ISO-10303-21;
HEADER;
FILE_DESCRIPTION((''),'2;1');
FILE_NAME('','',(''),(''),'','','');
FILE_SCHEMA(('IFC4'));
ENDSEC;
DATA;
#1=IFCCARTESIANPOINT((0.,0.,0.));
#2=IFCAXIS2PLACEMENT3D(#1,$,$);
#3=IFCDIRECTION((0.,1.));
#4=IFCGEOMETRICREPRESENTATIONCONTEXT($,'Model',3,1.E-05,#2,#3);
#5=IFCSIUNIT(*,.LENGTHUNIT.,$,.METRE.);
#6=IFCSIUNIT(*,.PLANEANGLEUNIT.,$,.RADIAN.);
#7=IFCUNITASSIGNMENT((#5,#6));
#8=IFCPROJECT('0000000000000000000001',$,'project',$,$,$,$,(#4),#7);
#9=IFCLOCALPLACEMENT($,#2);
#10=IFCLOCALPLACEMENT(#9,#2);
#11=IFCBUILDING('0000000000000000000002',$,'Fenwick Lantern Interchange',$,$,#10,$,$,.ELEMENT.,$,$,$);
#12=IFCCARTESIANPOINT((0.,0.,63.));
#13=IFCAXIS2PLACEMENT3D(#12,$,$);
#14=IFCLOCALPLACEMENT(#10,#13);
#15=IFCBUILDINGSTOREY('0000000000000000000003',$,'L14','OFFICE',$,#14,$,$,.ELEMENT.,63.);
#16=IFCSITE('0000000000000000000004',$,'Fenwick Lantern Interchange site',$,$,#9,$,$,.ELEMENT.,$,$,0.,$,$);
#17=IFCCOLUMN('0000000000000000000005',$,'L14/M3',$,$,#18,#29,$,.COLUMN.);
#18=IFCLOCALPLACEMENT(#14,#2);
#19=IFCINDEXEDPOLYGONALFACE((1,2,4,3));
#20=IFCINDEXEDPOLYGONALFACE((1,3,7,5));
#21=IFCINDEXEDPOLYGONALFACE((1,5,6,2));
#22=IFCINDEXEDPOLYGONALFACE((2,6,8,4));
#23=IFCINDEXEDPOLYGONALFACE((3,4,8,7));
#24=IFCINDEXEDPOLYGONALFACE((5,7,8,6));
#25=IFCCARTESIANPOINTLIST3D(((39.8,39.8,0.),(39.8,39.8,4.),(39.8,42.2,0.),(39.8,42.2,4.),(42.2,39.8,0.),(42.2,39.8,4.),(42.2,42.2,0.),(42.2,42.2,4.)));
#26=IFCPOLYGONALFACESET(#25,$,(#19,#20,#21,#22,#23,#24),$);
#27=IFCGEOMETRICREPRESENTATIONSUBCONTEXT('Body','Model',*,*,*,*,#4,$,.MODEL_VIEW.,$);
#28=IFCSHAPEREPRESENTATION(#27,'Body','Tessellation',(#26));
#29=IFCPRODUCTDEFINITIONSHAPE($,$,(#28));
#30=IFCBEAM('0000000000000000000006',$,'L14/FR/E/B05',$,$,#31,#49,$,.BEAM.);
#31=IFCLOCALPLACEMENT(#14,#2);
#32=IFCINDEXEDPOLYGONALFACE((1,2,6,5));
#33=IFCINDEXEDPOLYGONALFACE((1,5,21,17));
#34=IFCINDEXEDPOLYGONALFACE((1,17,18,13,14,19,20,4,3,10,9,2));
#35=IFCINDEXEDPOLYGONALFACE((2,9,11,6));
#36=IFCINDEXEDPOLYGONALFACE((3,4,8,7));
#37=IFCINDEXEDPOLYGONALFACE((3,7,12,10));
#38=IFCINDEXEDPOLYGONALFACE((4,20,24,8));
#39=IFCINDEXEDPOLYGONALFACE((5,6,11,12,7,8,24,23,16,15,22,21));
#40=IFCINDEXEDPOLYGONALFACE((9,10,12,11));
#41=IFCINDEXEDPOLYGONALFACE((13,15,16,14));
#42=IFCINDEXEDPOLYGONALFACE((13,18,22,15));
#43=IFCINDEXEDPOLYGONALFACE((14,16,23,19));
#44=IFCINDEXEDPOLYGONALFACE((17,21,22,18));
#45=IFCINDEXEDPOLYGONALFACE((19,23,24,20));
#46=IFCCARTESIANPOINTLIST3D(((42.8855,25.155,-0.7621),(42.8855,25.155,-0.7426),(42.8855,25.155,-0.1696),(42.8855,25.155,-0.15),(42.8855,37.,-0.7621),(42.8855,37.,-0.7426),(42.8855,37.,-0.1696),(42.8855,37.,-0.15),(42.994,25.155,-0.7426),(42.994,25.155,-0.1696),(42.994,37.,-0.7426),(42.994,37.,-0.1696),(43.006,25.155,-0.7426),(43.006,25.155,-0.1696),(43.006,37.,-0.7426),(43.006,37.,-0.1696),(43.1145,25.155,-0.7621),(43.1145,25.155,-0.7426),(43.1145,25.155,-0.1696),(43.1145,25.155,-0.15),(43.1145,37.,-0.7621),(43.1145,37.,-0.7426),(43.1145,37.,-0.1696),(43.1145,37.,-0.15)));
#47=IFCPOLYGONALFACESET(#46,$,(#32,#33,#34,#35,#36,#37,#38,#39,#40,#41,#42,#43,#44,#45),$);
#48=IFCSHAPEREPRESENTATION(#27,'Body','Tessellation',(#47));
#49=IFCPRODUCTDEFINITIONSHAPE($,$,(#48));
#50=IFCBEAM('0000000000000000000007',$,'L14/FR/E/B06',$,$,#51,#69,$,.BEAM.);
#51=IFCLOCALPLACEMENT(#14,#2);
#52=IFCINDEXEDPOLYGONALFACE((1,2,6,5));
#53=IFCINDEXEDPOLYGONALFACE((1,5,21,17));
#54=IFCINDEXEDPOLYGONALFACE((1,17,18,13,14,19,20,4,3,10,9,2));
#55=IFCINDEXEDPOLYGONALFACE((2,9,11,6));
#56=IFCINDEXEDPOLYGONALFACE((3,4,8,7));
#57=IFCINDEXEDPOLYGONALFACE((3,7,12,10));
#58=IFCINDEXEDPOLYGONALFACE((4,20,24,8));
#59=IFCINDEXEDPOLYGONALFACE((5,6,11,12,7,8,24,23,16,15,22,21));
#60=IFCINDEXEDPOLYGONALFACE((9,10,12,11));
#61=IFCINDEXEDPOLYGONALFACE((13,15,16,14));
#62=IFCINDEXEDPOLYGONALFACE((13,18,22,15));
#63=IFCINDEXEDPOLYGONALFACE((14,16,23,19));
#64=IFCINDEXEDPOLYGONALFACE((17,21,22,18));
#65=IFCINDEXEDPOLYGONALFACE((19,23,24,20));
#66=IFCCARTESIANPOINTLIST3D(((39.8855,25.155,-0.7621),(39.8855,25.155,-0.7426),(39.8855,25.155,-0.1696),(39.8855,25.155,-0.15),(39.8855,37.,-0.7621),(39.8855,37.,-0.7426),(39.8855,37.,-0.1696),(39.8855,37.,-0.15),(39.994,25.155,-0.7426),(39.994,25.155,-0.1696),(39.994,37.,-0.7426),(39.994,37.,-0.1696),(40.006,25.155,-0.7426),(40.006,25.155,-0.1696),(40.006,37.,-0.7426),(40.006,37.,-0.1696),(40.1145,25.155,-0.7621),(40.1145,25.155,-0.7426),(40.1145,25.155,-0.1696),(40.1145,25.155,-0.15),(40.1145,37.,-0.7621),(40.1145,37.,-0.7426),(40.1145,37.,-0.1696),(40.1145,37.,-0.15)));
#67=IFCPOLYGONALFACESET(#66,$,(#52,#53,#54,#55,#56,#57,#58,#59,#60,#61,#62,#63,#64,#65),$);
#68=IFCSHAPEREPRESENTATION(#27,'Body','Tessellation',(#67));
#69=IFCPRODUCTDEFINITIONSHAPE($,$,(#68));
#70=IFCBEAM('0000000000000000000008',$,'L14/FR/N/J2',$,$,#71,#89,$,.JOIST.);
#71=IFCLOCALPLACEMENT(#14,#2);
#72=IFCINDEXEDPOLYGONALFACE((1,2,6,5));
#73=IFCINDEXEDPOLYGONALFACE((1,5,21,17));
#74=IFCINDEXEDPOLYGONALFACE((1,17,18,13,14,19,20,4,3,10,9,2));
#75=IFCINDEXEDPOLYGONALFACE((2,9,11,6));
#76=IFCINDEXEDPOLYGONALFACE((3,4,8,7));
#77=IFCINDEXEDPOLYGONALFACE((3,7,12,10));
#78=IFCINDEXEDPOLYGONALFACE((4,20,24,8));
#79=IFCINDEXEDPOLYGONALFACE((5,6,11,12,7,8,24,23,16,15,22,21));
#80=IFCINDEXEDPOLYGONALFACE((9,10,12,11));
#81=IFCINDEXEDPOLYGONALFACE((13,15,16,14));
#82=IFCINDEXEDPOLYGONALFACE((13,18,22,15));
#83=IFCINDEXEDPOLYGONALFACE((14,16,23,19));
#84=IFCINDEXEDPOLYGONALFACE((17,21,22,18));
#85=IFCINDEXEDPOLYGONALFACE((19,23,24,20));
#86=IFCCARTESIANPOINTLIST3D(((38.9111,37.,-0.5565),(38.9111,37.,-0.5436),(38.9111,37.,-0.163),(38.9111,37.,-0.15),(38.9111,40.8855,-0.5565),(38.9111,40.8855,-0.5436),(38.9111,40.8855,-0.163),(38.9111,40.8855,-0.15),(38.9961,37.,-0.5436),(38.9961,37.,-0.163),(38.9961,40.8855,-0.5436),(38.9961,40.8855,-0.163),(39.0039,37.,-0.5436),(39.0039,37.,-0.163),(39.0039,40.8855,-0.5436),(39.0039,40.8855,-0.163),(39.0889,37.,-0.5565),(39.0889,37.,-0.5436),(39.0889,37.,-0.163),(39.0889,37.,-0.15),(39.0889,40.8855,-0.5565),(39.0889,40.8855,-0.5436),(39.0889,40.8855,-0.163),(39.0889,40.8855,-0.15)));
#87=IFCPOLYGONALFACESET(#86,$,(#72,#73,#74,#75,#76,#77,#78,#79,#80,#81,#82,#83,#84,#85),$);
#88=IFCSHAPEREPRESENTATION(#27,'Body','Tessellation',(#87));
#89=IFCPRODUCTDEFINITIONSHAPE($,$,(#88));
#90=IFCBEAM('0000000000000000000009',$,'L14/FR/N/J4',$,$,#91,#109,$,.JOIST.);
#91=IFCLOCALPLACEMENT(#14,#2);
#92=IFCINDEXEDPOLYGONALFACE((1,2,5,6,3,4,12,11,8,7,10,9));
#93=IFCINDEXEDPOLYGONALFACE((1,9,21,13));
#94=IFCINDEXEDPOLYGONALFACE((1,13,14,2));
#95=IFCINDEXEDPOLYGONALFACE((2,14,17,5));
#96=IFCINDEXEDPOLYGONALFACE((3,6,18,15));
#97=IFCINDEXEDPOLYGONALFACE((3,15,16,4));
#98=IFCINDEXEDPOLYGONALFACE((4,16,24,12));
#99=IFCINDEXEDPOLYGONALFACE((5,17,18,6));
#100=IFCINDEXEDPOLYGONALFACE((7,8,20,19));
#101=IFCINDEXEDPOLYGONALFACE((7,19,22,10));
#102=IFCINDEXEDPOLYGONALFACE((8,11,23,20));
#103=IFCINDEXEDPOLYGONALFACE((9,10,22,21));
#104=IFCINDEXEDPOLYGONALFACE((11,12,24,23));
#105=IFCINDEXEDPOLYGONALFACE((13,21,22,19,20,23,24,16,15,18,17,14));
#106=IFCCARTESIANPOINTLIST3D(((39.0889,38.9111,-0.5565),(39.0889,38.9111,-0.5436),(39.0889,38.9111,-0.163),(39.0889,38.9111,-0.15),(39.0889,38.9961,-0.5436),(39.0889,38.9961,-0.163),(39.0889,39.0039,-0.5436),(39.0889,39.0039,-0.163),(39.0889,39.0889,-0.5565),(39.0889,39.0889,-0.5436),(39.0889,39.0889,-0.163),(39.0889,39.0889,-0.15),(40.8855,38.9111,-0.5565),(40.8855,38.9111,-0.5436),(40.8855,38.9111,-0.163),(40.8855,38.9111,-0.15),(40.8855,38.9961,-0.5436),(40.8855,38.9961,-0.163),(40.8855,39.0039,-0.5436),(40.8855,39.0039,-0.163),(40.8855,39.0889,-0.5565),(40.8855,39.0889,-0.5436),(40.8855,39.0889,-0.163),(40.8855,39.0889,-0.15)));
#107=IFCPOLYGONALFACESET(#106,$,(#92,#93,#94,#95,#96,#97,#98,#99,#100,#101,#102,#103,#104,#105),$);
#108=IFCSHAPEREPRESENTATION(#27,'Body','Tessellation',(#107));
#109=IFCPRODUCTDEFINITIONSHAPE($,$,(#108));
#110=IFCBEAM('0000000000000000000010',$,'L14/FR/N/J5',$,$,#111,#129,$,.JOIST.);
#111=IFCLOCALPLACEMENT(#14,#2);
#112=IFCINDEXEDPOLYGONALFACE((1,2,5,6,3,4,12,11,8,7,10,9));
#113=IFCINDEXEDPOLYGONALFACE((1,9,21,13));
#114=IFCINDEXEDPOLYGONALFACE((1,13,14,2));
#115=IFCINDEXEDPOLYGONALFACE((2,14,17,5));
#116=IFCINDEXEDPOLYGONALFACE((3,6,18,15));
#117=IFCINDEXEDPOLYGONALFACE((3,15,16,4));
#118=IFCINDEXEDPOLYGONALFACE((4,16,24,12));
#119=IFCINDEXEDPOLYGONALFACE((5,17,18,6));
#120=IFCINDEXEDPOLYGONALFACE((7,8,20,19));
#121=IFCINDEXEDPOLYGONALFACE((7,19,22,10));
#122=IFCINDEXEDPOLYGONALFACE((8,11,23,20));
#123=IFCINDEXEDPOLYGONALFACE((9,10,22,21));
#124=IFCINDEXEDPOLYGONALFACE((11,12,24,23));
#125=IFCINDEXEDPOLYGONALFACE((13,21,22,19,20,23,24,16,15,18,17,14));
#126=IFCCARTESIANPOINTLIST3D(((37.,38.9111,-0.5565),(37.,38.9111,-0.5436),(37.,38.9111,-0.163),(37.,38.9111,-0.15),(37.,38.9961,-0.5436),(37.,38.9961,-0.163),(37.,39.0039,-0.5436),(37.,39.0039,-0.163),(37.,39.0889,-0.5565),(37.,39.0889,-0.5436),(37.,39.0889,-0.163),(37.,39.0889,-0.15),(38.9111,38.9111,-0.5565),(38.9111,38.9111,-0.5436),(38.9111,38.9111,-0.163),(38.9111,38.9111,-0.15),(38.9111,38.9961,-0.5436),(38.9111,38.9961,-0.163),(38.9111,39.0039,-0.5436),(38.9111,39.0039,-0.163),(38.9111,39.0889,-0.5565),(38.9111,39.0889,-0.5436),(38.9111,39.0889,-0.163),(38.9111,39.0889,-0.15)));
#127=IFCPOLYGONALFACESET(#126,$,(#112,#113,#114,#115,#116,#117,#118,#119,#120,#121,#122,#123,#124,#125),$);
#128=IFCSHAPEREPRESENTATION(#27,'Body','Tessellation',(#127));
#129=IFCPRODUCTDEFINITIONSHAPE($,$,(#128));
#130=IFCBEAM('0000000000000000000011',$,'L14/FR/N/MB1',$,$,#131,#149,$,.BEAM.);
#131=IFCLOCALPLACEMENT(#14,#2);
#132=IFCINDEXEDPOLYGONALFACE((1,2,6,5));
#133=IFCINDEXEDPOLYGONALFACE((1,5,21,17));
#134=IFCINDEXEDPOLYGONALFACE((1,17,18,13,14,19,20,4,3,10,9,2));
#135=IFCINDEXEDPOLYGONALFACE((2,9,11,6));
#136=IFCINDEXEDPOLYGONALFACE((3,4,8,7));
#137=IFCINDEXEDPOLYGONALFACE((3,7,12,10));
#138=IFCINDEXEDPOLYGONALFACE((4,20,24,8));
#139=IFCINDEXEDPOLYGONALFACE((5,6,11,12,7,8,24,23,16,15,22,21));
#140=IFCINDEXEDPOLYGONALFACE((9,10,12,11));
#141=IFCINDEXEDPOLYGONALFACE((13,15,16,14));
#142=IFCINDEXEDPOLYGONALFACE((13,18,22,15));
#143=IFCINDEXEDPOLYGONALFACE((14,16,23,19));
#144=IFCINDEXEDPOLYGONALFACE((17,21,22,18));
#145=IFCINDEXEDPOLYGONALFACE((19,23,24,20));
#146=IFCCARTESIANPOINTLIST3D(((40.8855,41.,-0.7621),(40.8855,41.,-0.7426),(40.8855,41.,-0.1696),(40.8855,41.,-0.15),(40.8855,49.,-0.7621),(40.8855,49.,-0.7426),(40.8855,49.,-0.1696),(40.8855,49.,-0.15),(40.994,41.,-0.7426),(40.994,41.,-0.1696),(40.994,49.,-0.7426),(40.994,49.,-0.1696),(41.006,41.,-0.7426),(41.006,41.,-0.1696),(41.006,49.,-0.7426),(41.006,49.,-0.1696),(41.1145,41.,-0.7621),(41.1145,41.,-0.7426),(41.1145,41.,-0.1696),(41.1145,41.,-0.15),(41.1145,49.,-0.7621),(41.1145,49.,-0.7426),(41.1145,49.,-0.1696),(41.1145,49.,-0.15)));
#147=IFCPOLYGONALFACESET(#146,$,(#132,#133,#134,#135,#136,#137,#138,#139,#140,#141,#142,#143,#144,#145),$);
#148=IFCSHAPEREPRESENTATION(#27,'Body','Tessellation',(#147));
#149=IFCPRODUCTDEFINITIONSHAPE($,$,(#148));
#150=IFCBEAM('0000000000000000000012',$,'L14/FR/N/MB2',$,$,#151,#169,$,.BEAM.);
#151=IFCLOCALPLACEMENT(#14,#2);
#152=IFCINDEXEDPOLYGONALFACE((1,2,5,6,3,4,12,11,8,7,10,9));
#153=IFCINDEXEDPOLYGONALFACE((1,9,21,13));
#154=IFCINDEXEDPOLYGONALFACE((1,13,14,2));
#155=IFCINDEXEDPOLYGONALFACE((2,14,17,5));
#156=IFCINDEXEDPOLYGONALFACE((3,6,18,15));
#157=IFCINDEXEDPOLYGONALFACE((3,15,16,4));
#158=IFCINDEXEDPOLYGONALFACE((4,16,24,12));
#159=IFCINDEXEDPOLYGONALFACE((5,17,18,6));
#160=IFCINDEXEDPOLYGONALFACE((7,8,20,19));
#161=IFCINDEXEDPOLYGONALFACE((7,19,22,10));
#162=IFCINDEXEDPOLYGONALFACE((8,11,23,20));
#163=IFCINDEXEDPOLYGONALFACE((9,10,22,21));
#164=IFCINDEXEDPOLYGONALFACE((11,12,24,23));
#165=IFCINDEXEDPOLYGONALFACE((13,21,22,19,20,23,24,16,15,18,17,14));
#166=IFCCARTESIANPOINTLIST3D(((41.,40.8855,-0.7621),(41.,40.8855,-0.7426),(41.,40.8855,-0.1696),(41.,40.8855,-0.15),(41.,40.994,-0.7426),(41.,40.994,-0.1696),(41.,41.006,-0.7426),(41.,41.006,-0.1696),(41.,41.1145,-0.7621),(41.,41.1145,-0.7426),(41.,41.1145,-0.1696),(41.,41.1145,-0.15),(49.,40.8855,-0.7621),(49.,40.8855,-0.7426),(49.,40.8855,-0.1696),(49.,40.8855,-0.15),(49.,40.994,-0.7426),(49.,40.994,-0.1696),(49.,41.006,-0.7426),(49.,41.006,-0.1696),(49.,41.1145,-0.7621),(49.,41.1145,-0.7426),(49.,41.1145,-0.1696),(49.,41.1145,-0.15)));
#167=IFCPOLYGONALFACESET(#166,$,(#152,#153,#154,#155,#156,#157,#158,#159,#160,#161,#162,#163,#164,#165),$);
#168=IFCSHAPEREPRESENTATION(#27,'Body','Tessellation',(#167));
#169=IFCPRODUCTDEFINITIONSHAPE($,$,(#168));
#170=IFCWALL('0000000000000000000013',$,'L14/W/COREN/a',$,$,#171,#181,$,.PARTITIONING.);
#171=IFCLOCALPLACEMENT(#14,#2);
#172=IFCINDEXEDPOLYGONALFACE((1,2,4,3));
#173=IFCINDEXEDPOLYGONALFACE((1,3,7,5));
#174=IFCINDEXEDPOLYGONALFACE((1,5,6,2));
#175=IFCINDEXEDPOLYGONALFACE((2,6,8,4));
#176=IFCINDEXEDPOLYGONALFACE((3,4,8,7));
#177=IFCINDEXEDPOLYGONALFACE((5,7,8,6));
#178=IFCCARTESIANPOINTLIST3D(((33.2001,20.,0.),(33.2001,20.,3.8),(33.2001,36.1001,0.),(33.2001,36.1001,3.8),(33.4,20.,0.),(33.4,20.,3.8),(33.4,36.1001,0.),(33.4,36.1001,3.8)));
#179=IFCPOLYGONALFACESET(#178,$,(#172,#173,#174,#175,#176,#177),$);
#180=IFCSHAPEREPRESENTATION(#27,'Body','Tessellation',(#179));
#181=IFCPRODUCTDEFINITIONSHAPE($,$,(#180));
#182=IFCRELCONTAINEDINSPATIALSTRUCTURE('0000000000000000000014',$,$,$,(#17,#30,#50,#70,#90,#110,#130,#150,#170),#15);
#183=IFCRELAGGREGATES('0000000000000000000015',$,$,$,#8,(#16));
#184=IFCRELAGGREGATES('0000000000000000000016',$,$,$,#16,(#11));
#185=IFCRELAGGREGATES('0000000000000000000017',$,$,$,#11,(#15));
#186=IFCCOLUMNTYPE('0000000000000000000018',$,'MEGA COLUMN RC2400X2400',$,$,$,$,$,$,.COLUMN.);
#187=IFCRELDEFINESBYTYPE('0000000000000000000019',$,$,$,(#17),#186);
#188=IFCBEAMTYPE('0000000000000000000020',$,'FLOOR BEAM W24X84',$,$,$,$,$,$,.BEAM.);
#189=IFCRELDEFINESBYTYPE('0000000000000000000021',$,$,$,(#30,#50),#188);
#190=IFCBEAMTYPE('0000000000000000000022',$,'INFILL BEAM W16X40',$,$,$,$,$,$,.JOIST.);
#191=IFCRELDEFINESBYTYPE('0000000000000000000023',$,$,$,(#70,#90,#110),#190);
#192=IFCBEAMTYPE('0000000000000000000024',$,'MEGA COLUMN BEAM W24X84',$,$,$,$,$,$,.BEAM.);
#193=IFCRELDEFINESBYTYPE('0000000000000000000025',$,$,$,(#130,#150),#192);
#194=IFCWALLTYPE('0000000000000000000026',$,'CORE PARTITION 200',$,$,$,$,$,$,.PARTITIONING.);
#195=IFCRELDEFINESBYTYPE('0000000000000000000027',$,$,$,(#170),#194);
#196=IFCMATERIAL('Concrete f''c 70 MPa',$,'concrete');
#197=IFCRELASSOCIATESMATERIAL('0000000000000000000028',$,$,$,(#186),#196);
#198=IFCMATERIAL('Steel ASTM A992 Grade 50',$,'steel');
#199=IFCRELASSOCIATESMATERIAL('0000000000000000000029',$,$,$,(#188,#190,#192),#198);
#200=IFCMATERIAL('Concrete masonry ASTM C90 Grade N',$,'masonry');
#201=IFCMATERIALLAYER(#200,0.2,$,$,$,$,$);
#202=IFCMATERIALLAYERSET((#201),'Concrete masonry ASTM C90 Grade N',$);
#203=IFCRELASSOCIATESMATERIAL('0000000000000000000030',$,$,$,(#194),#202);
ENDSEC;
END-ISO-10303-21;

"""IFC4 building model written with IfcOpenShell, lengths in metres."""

from ifc_helpers import new_model, si_unit, direction, frame, frame_2d, origin, origin_2d, place, context, subcontext, project, spatial, rectangle, i_section, extrude, material, layer, layer_set, material_profile, profile_set, type_object, element, save


model = new_model("IFC4")

# Units and contexts
model_context = context("Model", 3, precision=1e-05, world=origin(), true_north=direction((0.0, 1.0)))
body_context = subcontext(model_context, "Body", "Model", "MODEL_VIEW")
ifc_project = project(units=[si_unit("LENGTHUNIT", "METRE"), si_unit("PLANEANGLEUNIT", "RADIAN")], contexts=[model_context])

# Site, building, storey
site_placement = place(None, origin())
site = spatial("IfcSite", under=ifc_project, at=site_placement, Name="Fenwick Lantern Interchange site", CompositionType="ELEMENT", RefElevation=0.0)
building_placement = place(site_placement, origin())
building = spatial("IfcBuilding", under=site, at=building_placement, Name="Fenwick Lantern Interchange", CompositionType="ELEMENT")
storey_placement = place(building_placement, frame((0.0, 0.0, 63.0)))
storey = spatial("IfcBuildingStorey", under=building, at=storey_placement, Name="L14", Description="OFFICE", CompositionType="ELEMENT", Elevation=63.0)

# Column
ifc_material_1 = material(Name="Concrete f'c 70 MPa", Category="concrete")
ifc_material_profile_1 = material_profile(ifc_material_1, rectangle(XDim=2.3999, YDim=2.3999, at=origin_2d()), Name="RC2400X2400")
ifc_profile_set_1 = profile_set([ifc_material_profile_1], Name="Concrete f'c 70 MPa")
column_type = type_object("IfcColumnType", Name="MEGA COLUMN RC2400X2400", PredefinedType="COLUMN", material=ifc_profile_set_1)
column_placement = place(storey_placement, frame((41.0, 41.0, 0.0), z_axis=(0.0, 0.0, 1.0), x_axis=(1.0, 0.0, 0.0)))
element("IfcColumn", 1, at=column_placement, inside=storey, type_object=column_type, Name="L14/M3", PredefinedType="COLUMN", context=body_context, shape_type="SweptSolid", body=[
    extrude(rectangle(XDim=2.3999, YDim=2.3999, at=origin_2d()), origin(), (0.0, 0.0, 1.0), 4.0),
])

# Beams
ifc_material_2 = material(Name="Steel ASTM A992 Grade 50", Category="steel")
ifc_material_profile_2 = material_profile(ifc_material_2, i_section(OverallWidth=0.229, OverallDepth=0.6121, WebThickness=0.012, FlangeThickness=0.0195, at=origin_2d()), Name="W24X84")
ifc_profile_set_2 = profile_set([ifc_material_profile_2], Name="Steel ASTM A992 Grade 50")
beam_type_1 = type_object("IfcBeamType", Name="FLOOR BEAM W24X84", PredefinedType="BEAM", material=ifc_profile_set_2)
for number, where, z_axis, x_axis, name in (
    (2, (43.0, 25.155, -0.4561), (0.0, 1.0, 0.0), (-1.0, 0.0, 0.0), "L14/FR/E/B05"),
    (3, (40.0, 25.155, -0.4561), (0.0, 1.0, 0.0), (-1.0, 0.0, 0.0), "L14/FR/E/B06"),
):
    element("IfcBeam", number, at=place(storey_placement, frame(where, z_axis=z_axis, x_axis=x_axis)), inside=storey, type_object=beam_type_1, Name=name, PredefinedType="BEAM", context=body_context, shape_type="SweptSolid", body=[
        extrude(i_section(OverallWidth=0.229, OverallDepth=0.6121, WebThickness=0.012, FlangeThickness=0.0195, at=origin_2d()), origin(), (0.0, 0.0, 1.0), 11.845),
    ])
ifc_material_profile_3 = material_profile(ifc_material_2, i_section(OverallWidth=0.1777, OverallDepth=0.4065, WebThickness=0.0078, FlangeThickness=0.0129, at=origin_2d()), Name="W16X40")
ifc_profile_set_3 = profile_set([ifc_material_profile_3], Name="Steel ASTM A992 Grade 50")
beam_type_2 = type_object("IfcBeamType", Name="INFILL BEAM W16X40", PredefinedType="JOIST", material=ifc_profile_set_3)
beam_1_placement = place(storey_placement, frame((39.0, 40.8855, -0.3533), z_axis=(0.0, -1.0, 0.0), x_axis=(1.0, 0.0, 0.0)))
element("IfcBeam", 4, at=beam_1_placement, inside=storey, type_object=beam_type_2, Name="L14/FR/N/J2", PredefinedType="JOIST", context=body_context, shape_type="SweptSolid", body=[
    extrude(i_section(OverallWidth=0.1777, OverallDepth=0.4065, WebThickness=0.0078, FlangeThickness=0.0129, at=origin_2d()), origin(), (0.0, 0.0, 1.0), 3.8855),
])
beam_2_placement = place(storey_placement, frame((40.8855, 39.0, -0.3533), z_axis=(-1.0, 0.0, 0.0), x_axis=(0.0, -1.0, 0.0)))
element("IfcBeam", 5, at=beam_2_placement, inside=storey, type_object=beam_type_2, Name="L14/FR/N/J4", PredefinedType="JOIST", context=body_context, shape_type="SweptSolid", body=[
    extrude(i_section(OverallWidth=0.1777, OverallDepth=0.4065, WebThickness=0.0078, FlangeThickness=0.0129, at=origin_2d()), origin(), (0.0, 0.0, 1.0), 1.7966),
])
beam_3_placement = place(storey_placement, frame((38.9111, 39.0, -0.3533), z_axis=(-1.0, 0.0, 0.0), x_axis=(0.0, -1.0, 0.0)))
element("IfcBeam", 6, at=beam_3_placement, inside=storey, type_object=beam_type_2, Name="L14/FR/N/J5", PredefinedType="JOIST", context=body_context, shape_type="SweptSolid", body=[
    extrude(i_section(OverallWidth=0.1777, OverallDepth=0.4065, WebThickness=0.0078, FlangeThickness=0.0129, at=origin_2d()), origin(), (0.0, 0.0, 1.0), 1.9111),
])
ifc_material_profile_4 = material_profile(ifc_material_2, i_section(OverallWidth=0.229, OverallDepth=0.6121, WebThickness=0.012, FlangeThickness=0.0195, at=origin_2d()), Name="W24X84")
ifc_profile_set_4 = profile_set([ifc_material_profile_4], Name="Steel ASTM A992 Grade 50")
beam_type_3 = type_object("IfcBeamType", Name="MEGA COLUMN BEAM W24X84", PredefinedType="BEAM", material=ifc_profile_set_4)
for number, where, z_axis, x_axis, name in (
    (7, (41.0, 41.0, -0.4561), (0.0, 1.0, 0.0), (-1.0, 0.0, 0.0), "L14/FR/N/MB1"),
    (8, (41.0, 41.0, -0.4561), (1.0, 0.0, 0.0), (0.0, 1.0, 0.0), "L14/FR/N/MB2"),
):
    element("IfcBeam", number, at=place(storey_placement, frame(where, z_axis=z_axis, x_axis=x_axis)), inside=storey, type_object=beam_type_3, Name=name, PredefinedType="BEAM", context=body_context, shape_type="SweptSolid", body=[
        extrude(i_section(OverallWidth=0.229, OverallDepth=0.6121, WebThickness=0.012, FlangeThickness=0.0195, at=origin_2d()), origin(), (0.0, 0.0, 1.0), 8.0),
    ])

# Wall
ifc_material_3 = material(Name="Concrete masonry ASTM C90 Grade N", Category="masonry")
ifc_layer_1 = layer(ifc_material_3, 0.2)
ifc_layer_set_1 = layer_set([ifc_layer_1], Name="Concrete masonry ASTM C90 Grade N")
wall_type_1 = type_object("IfcWallType", Name="CORE PARTITION 200", PredefinedType="PARTITIONING", material=ifc_layer_set_1)
wall_1_placement = place(storey_placement, frame((33.3, 36.1001, 0.0), z_axis=(0.0, 0.0, 1.0), x_axis=(0.0, -1.0, 0.0)))
element("IfcWall", 9, at=wall_1_placement, inside=storey, type_object=wall_type_1, Name="L14/W/COREN/a", PredefinedType="PARTITIONING", context=body_context, shape_type="SweptSolid", body=[
    extrude(rectangle(XDim=16.1001, YDim=0.2, at=frame_2d((8.05, 0.0))), origin(), (0.0, 0.0, 1.0), 3.8),
])

save(model, "model.ifc")
